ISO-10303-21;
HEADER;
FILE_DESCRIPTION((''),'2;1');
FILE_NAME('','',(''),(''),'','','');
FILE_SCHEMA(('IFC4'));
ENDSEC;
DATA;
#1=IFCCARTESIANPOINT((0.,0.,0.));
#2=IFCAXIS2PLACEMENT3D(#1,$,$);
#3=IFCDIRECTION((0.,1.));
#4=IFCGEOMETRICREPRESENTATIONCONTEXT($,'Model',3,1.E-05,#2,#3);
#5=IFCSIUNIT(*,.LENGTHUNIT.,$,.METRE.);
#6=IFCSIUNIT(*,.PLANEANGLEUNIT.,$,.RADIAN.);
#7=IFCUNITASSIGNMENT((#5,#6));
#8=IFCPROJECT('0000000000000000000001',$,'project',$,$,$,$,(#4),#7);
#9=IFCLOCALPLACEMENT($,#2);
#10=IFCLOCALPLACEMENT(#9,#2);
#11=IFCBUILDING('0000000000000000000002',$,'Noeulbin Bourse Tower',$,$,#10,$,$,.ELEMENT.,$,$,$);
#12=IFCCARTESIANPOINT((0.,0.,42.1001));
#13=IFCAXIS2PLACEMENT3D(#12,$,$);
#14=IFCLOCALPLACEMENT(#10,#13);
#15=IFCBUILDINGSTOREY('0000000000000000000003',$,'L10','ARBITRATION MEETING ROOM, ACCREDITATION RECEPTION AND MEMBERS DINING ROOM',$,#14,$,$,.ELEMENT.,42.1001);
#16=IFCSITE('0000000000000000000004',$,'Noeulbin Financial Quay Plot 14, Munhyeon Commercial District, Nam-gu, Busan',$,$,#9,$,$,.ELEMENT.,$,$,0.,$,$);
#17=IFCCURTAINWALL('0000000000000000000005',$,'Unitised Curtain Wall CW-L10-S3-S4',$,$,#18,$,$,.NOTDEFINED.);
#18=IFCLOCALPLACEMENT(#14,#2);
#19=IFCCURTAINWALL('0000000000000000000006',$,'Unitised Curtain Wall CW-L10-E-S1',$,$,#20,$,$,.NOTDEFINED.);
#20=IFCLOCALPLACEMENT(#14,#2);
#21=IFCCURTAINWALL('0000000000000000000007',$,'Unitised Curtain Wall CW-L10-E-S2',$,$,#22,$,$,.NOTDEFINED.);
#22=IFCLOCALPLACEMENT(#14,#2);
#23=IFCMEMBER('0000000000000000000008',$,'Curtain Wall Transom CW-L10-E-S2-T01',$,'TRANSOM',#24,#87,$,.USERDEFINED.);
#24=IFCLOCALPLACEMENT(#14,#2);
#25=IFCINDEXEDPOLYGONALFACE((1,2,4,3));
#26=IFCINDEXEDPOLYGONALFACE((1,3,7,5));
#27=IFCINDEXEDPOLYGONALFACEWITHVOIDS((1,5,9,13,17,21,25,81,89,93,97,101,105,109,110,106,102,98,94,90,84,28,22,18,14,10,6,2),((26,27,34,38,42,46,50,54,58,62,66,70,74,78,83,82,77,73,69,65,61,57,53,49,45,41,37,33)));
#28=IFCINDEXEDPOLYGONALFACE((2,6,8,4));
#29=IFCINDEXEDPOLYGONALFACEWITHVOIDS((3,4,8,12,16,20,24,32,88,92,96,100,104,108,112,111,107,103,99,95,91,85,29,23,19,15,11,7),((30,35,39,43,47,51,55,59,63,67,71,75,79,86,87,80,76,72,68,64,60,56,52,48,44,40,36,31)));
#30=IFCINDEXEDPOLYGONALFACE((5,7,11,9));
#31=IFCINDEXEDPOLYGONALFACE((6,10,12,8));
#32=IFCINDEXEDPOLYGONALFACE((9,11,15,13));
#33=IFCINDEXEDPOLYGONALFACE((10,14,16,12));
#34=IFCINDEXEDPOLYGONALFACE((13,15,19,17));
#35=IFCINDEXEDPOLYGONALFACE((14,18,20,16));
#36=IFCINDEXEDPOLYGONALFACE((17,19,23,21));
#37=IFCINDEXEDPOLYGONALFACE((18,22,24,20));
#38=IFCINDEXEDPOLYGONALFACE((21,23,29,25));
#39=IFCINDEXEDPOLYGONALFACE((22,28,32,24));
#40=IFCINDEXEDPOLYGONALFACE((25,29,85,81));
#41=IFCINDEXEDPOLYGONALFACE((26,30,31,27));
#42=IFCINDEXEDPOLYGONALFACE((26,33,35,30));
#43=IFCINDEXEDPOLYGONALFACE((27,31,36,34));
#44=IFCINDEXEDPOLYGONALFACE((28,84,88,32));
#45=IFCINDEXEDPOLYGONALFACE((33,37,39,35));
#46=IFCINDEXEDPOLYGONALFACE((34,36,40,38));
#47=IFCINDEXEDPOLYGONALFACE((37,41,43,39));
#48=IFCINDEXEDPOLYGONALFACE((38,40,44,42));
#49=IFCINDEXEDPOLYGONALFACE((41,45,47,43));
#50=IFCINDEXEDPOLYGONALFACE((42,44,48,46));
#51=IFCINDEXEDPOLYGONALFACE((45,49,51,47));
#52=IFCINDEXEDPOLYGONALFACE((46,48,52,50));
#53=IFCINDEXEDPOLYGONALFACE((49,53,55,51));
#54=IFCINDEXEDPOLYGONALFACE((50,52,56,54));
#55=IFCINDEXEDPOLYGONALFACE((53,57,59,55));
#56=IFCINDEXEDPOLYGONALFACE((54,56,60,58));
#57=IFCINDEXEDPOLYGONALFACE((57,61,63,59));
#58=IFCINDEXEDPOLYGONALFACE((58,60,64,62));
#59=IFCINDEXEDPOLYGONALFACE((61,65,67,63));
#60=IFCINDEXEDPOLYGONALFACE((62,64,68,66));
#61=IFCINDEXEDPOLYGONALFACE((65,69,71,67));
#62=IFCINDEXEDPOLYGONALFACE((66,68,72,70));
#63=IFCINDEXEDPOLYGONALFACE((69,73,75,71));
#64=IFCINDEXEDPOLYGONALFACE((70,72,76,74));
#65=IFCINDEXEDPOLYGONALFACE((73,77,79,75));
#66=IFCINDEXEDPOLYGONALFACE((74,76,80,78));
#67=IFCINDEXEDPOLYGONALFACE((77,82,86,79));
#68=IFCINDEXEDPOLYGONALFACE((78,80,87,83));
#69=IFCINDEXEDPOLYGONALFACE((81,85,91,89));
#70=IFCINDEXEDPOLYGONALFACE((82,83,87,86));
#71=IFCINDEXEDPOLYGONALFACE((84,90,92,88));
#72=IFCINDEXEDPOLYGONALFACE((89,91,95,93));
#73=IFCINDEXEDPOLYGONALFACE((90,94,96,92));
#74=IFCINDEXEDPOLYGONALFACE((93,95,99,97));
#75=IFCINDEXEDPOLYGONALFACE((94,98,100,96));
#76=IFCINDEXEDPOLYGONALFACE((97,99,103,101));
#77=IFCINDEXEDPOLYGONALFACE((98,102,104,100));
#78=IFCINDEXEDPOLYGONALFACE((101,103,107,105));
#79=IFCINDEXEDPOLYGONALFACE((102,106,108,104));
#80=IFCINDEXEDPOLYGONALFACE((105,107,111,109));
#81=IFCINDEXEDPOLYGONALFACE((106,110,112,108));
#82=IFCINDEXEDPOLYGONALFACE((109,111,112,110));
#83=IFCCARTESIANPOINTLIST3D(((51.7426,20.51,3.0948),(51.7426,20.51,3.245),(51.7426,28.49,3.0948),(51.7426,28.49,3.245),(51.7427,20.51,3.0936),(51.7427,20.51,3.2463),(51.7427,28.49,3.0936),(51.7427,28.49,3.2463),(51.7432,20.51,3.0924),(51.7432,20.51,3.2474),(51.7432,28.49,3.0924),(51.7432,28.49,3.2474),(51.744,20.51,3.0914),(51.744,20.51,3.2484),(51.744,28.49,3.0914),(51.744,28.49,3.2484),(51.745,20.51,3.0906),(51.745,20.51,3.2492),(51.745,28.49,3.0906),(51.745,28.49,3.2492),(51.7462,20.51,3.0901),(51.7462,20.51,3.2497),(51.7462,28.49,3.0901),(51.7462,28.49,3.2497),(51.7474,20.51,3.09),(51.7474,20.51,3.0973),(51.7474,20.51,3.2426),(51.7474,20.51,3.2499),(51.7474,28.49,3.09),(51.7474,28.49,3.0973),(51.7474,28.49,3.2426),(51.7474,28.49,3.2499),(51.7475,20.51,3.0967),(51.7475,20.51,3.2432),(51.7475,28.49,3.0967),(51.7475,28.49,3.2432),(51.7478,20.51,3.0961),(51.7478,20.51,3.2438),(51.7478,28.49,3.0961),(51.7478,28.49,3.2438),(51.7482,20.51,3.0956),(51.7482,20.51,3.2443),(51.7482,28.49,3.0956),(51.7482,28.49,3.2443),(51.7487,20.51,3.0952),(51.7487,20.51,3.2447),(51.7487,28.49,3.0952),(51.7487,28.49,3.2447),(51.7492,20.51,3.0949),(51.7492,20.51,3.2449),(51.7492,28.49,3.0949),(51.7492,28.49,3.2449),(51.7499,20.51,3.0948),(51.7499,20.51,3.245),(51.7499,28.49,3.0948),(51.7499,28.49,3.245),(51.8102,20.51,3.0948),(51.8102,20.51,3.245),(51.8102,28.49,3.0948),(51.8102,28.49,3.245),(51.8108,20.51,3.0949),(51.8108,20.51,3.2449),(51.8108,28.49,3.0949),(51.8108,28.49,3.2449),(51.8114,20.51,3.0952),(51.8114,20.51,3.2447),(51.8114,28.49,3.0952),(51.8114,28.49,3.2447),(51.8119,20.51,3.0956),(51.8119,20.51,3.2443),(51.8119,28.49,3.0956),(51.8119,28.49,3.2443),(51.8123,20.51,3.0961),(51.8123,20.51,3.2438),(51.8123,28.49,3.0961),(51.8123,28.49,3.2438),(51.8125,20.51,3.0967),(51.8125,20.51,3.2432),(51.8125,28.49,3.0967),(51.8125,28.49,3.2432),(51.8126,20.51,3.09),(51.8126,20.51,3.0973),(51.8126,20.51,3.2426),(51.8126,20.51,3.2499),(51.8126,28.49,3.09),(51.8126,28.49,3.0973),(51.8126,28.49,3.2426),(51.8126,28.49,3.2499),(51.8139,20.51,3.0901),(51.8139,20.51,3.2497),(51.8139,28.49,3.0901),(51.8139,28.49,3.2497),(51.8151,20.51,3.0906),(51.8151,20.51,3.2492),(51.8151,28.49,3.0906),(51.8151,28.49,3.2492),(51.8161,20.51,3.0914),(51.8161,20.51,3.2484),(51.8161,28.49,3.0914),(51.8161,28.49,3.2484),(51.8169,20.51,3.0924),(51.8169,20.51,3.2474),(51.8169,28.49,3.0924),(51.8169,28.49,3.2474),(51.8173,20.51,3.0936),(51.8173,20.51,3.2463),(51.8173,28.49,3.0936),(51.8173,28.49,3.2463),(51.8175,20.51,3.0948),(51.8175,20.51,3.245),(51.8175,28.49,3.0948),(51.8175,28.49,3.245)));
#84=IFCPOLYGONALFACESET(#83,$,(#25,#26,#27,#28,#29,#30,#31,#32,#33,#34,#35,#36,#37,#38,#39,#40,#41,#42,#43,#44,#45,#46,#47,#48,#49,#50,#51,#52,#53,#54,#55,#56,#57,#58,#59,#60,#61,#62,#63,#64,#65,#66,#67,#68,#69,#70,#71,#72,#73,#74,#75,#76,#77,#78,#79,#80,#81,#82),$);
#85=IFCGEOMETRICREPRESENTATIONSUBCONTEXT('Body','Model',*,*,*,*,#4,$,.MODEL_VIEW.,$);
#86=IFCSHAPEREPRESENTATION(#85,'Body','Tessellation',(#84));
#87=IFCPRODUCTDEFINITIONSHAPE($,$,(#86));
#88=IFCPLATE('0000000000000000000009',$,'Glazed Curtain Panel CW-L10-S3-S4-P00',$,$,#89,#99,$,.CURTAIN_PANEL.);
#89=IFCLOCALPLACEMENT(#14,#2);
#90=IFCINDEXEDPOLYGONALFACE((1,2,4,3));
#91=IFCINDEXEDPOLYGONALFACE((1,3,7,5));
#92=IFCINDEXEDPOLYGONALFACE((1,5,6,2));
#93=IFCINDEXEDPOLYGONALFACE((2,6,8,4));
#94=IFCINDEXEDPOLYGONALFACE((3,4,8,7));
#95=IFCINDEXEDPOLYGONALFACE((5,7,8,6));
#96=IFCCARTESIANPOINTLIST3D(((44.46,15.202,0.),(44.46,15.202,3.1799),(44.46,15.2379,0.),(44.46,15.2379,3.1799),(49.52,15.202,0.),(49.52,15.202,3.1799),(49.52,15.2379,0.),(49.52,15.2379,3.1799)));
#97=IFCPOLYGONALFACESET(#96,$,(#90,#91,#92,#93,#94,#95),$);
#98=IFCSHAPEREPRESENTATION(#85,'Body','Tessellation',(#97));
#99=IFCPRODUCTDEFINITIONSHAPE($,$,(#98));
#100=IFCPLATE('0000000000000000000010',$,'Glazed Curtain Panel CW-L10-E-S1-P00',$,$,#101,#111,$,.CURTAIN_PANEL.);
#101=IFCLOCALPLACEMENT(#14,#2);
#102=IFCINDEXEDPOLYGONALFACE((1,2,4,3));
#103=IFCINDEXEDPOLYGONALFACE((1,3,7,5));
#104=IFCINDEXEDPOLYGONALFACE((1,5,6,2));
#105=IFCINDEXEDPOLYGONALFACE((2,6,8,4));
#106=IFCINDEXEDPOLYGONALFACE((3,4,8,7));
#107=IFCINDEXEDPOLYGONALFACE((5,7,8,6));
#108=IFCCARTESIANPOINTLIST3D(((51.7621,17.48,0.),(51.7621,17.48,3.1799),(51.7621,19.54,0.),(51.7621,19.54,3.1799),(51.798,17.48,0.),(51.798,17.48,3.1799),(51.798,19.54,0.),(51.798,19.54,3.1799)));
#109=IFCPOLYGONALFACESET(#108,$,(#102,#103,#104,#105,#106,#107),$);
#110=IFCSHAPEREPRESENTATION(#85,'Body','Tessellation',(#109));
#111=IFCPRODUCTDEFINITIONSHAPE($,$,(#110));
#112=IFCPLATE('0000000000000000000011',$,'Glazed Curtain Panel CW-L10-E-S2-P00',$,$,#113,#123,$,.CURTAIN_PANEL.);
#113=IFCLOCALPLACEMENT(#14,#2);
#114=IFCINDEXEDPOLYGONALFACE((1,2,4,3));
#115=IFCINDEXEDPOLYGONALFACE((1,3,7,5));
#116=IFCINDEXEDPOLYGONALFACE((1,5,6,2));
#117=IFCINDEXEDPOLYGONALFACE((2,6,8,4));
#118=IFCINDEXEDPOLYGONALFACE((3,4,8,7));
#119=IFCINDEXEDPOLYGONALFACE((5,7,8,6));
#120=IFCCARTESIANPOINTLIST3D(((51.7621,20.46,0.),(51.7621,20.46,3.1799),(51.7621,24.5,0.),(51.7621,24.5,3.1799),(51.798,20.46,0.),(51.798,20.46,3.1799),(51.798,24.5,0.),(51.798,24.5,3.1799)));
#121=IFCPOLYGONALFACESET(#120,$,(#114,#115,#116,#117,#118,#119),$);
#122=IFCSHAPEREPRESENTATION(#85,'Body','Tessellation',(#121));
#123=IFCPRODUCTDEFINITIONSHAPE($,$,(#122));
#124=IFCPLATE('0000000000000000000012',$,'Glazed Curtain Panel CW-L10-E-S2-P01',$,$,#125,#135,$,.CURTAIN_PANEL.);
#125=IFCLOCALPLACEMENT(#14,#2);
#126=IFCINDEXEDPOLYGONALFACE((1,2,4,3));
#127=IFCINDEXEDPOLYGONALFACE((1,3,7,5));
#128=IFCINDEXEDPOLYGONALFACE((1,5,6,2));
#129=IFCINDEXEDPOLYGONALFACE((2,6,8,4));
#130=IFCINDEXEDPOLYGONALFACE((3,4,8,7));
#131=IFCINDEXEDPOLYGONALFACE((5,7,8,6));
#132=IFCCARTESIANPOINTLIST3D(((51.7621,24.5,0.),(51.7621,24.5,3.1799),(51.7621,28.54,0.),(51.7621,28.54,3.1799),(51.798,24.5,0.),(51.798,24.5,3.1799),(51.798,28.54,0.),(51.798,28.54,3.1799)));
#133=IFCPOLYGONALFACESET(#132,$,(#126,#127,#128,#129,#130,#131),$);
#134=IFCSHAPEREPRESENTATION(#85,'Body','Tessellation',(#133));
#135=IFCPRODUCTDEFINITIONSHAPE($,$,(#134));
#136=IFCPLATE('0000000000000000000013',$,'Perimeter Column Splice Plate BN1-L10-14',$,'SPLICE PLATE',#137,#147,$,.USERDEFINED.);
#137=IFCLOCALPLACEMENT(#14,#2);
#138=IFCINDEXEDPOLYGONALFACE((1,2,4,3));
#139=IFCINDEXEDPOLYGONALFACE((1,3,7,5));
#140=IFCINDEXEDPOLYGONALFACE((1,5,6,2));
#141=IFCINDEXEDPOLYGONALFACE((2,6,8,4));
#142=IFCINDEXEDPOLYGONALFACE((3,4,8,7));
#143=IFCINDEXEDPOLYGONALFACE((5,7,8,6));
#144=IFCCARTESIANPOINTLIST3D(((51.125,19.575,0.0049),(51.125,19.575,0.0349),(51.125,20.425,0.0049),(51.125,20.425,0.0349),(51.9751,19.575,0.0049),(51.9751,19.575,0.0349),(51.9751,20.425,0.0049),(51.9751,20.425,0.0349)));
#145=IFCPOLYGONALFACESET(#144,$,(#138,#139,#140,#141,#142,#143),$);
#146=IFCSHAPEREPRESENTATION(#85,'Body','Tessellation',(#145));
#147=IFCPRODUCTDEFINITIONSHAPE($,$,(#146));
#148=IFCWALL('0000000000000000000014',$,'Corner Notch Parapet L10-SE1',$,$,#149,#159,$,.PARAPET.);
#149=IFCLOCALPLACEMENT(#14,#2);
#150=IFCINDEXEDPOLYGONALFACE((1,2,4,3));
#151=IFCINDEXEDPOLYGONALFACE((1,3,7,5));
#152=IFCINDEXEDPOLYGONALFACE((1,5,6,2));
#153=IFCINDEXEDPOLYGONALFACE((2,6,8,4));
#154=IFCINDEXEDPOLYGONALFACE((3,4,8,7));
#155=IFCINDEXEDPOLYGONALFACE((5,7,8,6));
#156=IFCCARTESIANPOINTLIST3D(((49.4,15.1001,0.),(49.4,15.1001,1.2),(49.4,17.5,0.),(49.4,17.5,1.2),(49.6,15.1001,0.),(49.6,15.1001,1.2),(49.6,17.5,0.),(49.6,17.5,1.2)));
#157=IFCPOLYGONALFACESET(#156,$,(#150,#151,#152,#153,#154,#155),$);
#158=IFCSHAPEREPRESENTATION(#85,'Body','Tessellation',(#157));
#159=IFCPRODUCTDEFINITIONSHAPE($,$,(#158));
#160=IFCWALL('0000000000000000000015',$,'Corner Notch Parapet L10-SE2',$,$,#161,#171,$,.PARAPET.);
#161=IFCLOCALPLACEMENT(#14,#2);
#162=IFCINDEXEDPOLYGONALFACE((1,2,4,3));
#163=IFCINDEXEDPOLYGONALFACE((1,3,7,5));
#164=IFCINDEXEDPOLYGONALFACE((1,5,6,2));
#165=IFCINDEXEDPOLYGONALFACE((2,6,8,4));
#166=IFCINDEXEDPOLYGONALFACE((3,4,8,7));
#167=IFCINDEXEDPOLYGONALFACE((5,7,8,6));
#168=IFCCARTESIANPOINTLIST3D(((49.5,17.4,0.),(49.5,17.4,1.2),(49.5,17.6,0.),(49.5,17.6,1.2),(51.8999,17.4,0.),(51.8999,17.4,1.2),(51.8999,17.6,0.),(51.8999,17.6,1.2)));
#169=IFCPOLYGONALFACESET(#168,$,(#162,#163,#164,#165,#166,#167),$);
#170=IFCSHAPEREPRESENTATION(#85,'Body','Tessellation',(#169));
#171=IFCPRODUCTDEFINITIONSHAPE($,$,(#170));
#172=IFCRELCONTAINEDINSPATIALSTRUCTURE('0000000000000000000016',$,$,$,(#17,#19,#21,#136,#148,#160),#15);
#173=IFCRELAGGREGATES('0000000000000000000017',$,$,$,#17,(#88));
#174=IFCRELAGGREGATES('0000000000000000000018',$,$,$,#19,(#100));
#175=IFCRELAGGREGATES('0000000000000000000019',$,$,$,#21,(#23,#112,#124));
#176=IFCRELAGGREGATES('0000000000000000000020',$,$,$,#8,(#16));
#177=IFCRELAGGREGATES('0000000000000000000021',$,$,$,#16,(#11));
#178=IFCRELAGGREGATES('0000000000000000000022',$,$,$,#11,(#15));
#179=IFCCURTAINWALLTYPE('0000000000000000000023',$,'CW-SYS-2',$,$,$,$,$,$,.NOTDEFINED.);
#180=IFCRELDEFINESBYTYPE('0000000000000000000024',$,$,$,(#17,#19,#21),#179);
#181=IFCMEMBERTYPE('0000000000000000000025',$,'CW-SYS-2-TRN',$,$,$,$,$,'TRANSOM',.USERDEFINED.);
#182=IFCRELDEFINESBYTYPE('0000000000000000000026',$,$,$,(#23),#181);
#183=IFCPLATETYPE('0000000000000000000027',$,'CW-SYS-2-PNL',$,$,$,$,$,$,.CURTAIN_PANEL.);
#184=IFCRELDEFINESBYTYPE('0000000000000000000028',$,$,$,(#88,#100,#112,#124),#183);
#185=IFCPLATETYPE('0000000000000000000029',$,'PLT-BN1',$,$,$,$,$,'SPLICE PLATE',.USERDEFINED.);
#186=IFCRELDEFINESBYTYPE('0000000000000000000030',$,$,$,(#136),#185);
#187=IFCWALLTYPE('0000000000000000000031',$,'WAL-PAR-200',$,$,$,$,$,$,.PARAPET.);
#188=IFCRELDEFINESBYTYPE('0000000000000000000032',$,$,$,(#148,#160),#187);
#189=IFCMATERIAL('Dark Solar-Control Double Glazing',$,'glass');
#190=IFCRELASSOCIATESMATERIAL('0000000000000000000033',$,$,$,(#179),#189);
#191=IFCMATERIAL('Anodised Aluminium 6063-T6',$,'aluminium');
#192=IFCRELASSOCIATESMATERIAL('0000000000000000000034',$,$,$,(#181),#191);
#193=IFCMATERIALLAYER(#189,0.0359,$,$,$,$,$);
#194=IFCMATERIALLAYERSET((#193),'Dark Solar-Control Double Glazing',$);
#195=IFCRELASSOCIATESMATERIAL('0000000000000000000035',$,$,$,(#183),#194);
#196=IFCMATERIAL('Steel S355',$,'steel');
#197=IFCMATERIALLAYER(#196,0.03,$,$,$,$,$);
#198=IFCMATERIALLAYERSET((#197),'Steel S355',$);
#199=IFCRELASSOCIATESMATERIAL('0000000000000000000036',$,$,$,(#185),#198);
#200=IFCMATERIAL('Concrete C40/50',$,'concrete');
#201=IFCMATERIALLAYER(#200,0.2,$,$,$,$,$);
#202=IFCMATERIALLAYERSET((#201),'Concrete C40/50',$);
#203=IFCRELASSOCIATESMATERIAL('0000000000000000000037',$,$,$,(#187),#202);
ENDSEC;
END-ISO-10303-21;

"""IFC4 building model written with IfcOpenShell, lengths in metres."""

from ifc_helpers import new_model, si_unit, direction, frame, frame_2d, origin, origin_2d, place, context, subcontext, project, spatial, rectangle, hollow_rectangle, extrude, material, layer, layer_set, material_profile, profile_set, type_object, element, aggregate, save


model = new_model("IFC4")

# Units and contexts
model_context = context("Model", 3, precision=1e-05, world=origin(), true_north=direction((0.0, 1.0)))
body_context = subcontext(model_context, "Body", "Model", "MODEL_VIEW")
ifc_project = project(units=[si_unit("LENGTHUNIT", "METRE"), si_unit("PLANEANGLEUNIT", "RADIAN")], contexts=[model_context])

# Site, building, storey
site_placement = place(None, origin())
site = spatial("IfcSite", under=ifc_project, at=site_placement, Name="Noeulbin Financial Quay Plot 14, Munhyeon Commercial District, Nam-gu, Busan", CompositionType="ELEMENT", RefElevation=0.0)
building_placement = place(site_placement, origin())
building = spatial("IfcBuilding", under=site, at=building_placement, Name="Noeulbin Bourse Tower", CompositionType="ELEMENT")
storey_placement = place(building_placement, frame((0.0, 0.0, 42.1001)))
storey = spatial("IfcBuildingStorey", under=building, at=storey_placement, Name="L10", Description="ARBITRATION MEETING ROOM, ACCREDITATION RECEPTION AND MEMBERS DINING ROOM", CompositionType="ELEMENT", Elevation=42.1001)

# Shared definitions
ifc_material_1 = material(Name="Steel S355", Category="steel")

# Curtain walls
ifc_material_2 = material(Name="Dark Solar-Control Double Glazing", Category="glass")
curtain_wall_type = type_object("IfcCurtainWallType", Name="CW-SYS-2", PredefinedType="NOTDEFINED", material=ifc_material_2)
curtain_wall_1_placement = place(storey_placement, origin())
curtain_wall_1 = element("IfcCurtainWall", 1, at=curtain_wall_1_placement, inside=storey, type_object=curtain_wall_type, Name="Unitised Curtain Wall CW-L10-S3-S4", PredefinedType="NOTDEFINED")
ifc_material_3 = material(Name="Anodised Aluminium 6063-T6", Category="aluminium")
curtain_wall_2_placement = place(storey_placement, origin())
curtain_wall_2 = element("IfcCurtainWall", 2, at=curtain_wall_2_placement, inside=storey, type_object=curtain_wall_type, Name="Unitised Curtain Wall CW-L10-E-S1", PredefinedType="NOTDEFINED")
curtain_wall_3_placement = place(storey_placement, origin())
curtain_wall_3 = element("IfcCurtainWall", 3, at=curtain_wall_3_placement, inside=storey, type_object=curtain_wall_type, Name="Unitised Curtain Wall CW-L10-E-S2", PredefinedType="NOTDEFINED")

# Member
ifc_material_profile_1 = material_profile(ifc_material_3, hollow_rectangle(XDim=0.075, YDim=0.1599, WallThickness=0.0049, InnerFilletRadius=0.0024, OuterFilletRadius=0.0049, at=origin_2d()), Name="ALU-TRAN-75x160x5", Category="LoadBearing")
ifc_profile_set_1 = profile_set([ifc_material_profile_1], Name="Anodised Aluminium 6063-T6")
member_type_1 = type_object("IfcMemberType", Name="CW-SYS-2-TRN", ElementType="TRANSOM", PredefinedType="USERDEFINED", material=ifc_profile_set_1)
member_1_placement = place(storey_placement, frame((51.78, 20.51, 3.1699), z_axis=(0.0, 1.0, 0.0), x_axis=(-1.0, 0.0, 0.0)))
member_1 = element("IfcMember", 4, at=member_1_placement, type_object=member_type_1, Name="Curtain Wall Transom CW-L10-E-S2-T01", ObjectType="TRANSOM", PredefinedType="USERDEFINED", context=body_context, shape_type="SweptSolid", body=[
    extrude(hollow_rectangle(XDim=0.075, YDim=0.1599, WallThickness=0.0049, InnerFilletRadius=0.0024, OuterFilletRadius=0.0049, at=origin_2d()), origin(), (0.0, 0.0, 1.0), 7.98),
])

# Plates
ifc_layer_1 = layer(ifc_material_2, 0.0359)
ifc_layer_set_1 = layer_set([ifc_layer_1], Name="Dark Solar-Control Double Glazing")
plate_type_1 = type_object("IfcPlateType", Name="CW-SYS-2-PNL", PredefinedType="CURTAIN_PANEL", material=ifc_layer_set_1)
plate_1_placement = place(storey_placement, frame((46.99, 15.22, 0.0), z_axis=(0.0, 0.0, 1.0), x_axis=(1.0, 0.0, 0.0)))
plate_1 = element("IfcPlate", 5, at=plate_1_placement, type_object=plate_type_1, Name="Glazed Curtain Panel CW-L10-S3-S4-P00", PredefinedType="CURTAIN_PANEL", context=body_context, shape_type="SweptSolid", body=[
    extrude(rectangle(XDim=5.0601, YDim=0.0359, at=origin_2d()), origin(), (0.0, 0.0, 1.0), 3.1799),
])
aggregate(curtain_wall_1, [plate_1])
plate_2_placement = place(storey_placement, frame((51.78, 18.51, 0.0), z_axis=(0.0, 0.0, 1.0), x_axis=(0.0, 1.0, 0.0)))
plate_2 = element("IfcPlate", 6, at=plate_2_placement, type_object=plate_type_1, Name="Glazed Curtain Panel CW-L10-E-S1-P00", PredefinedType="CURTAIN_PANEL", context=body_context, shape_type="SweptSolid", body=[
    extrude(rectangle(XDim=2.0601, YDim=0.0359, at=origin_2d()), origin(), (0.0, 0.0, 1.0), 3.1799),
])
aggregate(curtain_wall_2, [plate_2])
plate_3_placement = place(storey_placement, frame((51.78, 22.48, 0.0), z_axis=(0.0, 0.0, 1.0), x_axis=(0.0, 1.0, 0.0)))
plate_3 = element("IfcPlate", 7, at=plate_3_placement, type_object=plate_type_1, Name="Glazed Curtain Panel CW-L10-E-S2-P00", PredefinedType="CURTAIN_PANEL", context=body_context, shape_type="SweptSolid", body=[
    extrude(rectangle(XDim=4.04, YDim=0.0359, at=origin_2d()), origin(), (0.0, 0.0, 1.0), 3.1799),
])
plate_4_placement = place(storey_placement, frame((51.78, 26.52, 0.0), z_axis=(0.0, 0.0, 1.0), x_axis=(0.0, 1.0, 0.0)))
plate_4 = element("IfcPlate", 8, at=plate_4_placement, type_object=plate_type_1, Name="Glazed Curtain Panel CW-L10-E-S2-P01", PredefinedType="CURTAIN_PANEL", context=body_context, shape_type="SweptSolid", body=[
    extrude(rectangle(XDim=4.04, YDim=0.0359, at=origin_2d()), origin(), (0.0, 0.0, 1.0), 3.1799),
])
aggregate(curtain_wall_3, [member_1, plate_3, plate_4])
ifc_layer_2 = layer(ifc_material_1, 0.03)
ifc_layer_set_2 = layer_set([ifc_layer_2], Name="Steel S355")
plate_type_2 = type_object("IfcPlateType", Name="PLT-BN1", ElementType="SPLICE PLATE", PredefinedType="USERDEFINED", material=ifc_layer_set_2)
plate_5_placement = place(storey_placement, frame((51.55, 20.0, 0.0049), z_axis=(0.0, 0.0, 1.0), x_axis=(1.0, 0.0, 0.0)))
element("IfcPlate", 9, at=plate_5_placement, inside=storey, type_object=plate_type_2, Name="Perimeter Column Splice Plate BN1-L10-14", ObjectType="SPLICE PLATE", PredefinedType="USERDEFINED", context=body_context, shape_type="SweptSolid", body=[
    extrude(rectangle(XDim=0.8501, YDim=0.8501, at=origin_2d()), origin(), (0.0, 0.0, 1.0), 0.03),
])

# Walls
ifc_material_4 = material(Name="Concrete C40/50", Category="concrete")
ifc_layer_3 = layer(ifc_material_4, 0.2)
ifc_layer_set_3 = layer_set([ifc_layer_3], Name="Concrete C40/50")
wall_type_1 = type_object("IfcWallType", Name="WAL-PAR-200", PredefinedType="PARAPET", material=ifc_layer_set_3)
for number, where, z_axis, x_axis, name in (
    (10, (49.5, 15.1001, 0.0), (0.0, 0.0, 1.0), (0.0, 1.0, 0.0), "Corner Notch Parapet L10-SE1"),
    (11, (49.5, 17.5, 0.0), (0.0, 0.0, 1.0), (1.0, 0.0, 0.0), "Corner Notch Parapet L10-SE2"),
):
    element("IfcWall", number, at=place(storey_placement, frame(where, z_axis=z_axis, x_axis=x_axis)), inside=storey, type_object=wall_type_1, Name=name, PredefinedType="PARAPET", context=body_context, shape_type="SweptSolid", body=[
        extrude(rectangle(XDim=2.3999, YDim=0.2, at=frame_2d((1.2, 0.0))), origin(), (0.0, 0.0, 1.0), 1.2),
    ])

save(model, "model.ifc")
